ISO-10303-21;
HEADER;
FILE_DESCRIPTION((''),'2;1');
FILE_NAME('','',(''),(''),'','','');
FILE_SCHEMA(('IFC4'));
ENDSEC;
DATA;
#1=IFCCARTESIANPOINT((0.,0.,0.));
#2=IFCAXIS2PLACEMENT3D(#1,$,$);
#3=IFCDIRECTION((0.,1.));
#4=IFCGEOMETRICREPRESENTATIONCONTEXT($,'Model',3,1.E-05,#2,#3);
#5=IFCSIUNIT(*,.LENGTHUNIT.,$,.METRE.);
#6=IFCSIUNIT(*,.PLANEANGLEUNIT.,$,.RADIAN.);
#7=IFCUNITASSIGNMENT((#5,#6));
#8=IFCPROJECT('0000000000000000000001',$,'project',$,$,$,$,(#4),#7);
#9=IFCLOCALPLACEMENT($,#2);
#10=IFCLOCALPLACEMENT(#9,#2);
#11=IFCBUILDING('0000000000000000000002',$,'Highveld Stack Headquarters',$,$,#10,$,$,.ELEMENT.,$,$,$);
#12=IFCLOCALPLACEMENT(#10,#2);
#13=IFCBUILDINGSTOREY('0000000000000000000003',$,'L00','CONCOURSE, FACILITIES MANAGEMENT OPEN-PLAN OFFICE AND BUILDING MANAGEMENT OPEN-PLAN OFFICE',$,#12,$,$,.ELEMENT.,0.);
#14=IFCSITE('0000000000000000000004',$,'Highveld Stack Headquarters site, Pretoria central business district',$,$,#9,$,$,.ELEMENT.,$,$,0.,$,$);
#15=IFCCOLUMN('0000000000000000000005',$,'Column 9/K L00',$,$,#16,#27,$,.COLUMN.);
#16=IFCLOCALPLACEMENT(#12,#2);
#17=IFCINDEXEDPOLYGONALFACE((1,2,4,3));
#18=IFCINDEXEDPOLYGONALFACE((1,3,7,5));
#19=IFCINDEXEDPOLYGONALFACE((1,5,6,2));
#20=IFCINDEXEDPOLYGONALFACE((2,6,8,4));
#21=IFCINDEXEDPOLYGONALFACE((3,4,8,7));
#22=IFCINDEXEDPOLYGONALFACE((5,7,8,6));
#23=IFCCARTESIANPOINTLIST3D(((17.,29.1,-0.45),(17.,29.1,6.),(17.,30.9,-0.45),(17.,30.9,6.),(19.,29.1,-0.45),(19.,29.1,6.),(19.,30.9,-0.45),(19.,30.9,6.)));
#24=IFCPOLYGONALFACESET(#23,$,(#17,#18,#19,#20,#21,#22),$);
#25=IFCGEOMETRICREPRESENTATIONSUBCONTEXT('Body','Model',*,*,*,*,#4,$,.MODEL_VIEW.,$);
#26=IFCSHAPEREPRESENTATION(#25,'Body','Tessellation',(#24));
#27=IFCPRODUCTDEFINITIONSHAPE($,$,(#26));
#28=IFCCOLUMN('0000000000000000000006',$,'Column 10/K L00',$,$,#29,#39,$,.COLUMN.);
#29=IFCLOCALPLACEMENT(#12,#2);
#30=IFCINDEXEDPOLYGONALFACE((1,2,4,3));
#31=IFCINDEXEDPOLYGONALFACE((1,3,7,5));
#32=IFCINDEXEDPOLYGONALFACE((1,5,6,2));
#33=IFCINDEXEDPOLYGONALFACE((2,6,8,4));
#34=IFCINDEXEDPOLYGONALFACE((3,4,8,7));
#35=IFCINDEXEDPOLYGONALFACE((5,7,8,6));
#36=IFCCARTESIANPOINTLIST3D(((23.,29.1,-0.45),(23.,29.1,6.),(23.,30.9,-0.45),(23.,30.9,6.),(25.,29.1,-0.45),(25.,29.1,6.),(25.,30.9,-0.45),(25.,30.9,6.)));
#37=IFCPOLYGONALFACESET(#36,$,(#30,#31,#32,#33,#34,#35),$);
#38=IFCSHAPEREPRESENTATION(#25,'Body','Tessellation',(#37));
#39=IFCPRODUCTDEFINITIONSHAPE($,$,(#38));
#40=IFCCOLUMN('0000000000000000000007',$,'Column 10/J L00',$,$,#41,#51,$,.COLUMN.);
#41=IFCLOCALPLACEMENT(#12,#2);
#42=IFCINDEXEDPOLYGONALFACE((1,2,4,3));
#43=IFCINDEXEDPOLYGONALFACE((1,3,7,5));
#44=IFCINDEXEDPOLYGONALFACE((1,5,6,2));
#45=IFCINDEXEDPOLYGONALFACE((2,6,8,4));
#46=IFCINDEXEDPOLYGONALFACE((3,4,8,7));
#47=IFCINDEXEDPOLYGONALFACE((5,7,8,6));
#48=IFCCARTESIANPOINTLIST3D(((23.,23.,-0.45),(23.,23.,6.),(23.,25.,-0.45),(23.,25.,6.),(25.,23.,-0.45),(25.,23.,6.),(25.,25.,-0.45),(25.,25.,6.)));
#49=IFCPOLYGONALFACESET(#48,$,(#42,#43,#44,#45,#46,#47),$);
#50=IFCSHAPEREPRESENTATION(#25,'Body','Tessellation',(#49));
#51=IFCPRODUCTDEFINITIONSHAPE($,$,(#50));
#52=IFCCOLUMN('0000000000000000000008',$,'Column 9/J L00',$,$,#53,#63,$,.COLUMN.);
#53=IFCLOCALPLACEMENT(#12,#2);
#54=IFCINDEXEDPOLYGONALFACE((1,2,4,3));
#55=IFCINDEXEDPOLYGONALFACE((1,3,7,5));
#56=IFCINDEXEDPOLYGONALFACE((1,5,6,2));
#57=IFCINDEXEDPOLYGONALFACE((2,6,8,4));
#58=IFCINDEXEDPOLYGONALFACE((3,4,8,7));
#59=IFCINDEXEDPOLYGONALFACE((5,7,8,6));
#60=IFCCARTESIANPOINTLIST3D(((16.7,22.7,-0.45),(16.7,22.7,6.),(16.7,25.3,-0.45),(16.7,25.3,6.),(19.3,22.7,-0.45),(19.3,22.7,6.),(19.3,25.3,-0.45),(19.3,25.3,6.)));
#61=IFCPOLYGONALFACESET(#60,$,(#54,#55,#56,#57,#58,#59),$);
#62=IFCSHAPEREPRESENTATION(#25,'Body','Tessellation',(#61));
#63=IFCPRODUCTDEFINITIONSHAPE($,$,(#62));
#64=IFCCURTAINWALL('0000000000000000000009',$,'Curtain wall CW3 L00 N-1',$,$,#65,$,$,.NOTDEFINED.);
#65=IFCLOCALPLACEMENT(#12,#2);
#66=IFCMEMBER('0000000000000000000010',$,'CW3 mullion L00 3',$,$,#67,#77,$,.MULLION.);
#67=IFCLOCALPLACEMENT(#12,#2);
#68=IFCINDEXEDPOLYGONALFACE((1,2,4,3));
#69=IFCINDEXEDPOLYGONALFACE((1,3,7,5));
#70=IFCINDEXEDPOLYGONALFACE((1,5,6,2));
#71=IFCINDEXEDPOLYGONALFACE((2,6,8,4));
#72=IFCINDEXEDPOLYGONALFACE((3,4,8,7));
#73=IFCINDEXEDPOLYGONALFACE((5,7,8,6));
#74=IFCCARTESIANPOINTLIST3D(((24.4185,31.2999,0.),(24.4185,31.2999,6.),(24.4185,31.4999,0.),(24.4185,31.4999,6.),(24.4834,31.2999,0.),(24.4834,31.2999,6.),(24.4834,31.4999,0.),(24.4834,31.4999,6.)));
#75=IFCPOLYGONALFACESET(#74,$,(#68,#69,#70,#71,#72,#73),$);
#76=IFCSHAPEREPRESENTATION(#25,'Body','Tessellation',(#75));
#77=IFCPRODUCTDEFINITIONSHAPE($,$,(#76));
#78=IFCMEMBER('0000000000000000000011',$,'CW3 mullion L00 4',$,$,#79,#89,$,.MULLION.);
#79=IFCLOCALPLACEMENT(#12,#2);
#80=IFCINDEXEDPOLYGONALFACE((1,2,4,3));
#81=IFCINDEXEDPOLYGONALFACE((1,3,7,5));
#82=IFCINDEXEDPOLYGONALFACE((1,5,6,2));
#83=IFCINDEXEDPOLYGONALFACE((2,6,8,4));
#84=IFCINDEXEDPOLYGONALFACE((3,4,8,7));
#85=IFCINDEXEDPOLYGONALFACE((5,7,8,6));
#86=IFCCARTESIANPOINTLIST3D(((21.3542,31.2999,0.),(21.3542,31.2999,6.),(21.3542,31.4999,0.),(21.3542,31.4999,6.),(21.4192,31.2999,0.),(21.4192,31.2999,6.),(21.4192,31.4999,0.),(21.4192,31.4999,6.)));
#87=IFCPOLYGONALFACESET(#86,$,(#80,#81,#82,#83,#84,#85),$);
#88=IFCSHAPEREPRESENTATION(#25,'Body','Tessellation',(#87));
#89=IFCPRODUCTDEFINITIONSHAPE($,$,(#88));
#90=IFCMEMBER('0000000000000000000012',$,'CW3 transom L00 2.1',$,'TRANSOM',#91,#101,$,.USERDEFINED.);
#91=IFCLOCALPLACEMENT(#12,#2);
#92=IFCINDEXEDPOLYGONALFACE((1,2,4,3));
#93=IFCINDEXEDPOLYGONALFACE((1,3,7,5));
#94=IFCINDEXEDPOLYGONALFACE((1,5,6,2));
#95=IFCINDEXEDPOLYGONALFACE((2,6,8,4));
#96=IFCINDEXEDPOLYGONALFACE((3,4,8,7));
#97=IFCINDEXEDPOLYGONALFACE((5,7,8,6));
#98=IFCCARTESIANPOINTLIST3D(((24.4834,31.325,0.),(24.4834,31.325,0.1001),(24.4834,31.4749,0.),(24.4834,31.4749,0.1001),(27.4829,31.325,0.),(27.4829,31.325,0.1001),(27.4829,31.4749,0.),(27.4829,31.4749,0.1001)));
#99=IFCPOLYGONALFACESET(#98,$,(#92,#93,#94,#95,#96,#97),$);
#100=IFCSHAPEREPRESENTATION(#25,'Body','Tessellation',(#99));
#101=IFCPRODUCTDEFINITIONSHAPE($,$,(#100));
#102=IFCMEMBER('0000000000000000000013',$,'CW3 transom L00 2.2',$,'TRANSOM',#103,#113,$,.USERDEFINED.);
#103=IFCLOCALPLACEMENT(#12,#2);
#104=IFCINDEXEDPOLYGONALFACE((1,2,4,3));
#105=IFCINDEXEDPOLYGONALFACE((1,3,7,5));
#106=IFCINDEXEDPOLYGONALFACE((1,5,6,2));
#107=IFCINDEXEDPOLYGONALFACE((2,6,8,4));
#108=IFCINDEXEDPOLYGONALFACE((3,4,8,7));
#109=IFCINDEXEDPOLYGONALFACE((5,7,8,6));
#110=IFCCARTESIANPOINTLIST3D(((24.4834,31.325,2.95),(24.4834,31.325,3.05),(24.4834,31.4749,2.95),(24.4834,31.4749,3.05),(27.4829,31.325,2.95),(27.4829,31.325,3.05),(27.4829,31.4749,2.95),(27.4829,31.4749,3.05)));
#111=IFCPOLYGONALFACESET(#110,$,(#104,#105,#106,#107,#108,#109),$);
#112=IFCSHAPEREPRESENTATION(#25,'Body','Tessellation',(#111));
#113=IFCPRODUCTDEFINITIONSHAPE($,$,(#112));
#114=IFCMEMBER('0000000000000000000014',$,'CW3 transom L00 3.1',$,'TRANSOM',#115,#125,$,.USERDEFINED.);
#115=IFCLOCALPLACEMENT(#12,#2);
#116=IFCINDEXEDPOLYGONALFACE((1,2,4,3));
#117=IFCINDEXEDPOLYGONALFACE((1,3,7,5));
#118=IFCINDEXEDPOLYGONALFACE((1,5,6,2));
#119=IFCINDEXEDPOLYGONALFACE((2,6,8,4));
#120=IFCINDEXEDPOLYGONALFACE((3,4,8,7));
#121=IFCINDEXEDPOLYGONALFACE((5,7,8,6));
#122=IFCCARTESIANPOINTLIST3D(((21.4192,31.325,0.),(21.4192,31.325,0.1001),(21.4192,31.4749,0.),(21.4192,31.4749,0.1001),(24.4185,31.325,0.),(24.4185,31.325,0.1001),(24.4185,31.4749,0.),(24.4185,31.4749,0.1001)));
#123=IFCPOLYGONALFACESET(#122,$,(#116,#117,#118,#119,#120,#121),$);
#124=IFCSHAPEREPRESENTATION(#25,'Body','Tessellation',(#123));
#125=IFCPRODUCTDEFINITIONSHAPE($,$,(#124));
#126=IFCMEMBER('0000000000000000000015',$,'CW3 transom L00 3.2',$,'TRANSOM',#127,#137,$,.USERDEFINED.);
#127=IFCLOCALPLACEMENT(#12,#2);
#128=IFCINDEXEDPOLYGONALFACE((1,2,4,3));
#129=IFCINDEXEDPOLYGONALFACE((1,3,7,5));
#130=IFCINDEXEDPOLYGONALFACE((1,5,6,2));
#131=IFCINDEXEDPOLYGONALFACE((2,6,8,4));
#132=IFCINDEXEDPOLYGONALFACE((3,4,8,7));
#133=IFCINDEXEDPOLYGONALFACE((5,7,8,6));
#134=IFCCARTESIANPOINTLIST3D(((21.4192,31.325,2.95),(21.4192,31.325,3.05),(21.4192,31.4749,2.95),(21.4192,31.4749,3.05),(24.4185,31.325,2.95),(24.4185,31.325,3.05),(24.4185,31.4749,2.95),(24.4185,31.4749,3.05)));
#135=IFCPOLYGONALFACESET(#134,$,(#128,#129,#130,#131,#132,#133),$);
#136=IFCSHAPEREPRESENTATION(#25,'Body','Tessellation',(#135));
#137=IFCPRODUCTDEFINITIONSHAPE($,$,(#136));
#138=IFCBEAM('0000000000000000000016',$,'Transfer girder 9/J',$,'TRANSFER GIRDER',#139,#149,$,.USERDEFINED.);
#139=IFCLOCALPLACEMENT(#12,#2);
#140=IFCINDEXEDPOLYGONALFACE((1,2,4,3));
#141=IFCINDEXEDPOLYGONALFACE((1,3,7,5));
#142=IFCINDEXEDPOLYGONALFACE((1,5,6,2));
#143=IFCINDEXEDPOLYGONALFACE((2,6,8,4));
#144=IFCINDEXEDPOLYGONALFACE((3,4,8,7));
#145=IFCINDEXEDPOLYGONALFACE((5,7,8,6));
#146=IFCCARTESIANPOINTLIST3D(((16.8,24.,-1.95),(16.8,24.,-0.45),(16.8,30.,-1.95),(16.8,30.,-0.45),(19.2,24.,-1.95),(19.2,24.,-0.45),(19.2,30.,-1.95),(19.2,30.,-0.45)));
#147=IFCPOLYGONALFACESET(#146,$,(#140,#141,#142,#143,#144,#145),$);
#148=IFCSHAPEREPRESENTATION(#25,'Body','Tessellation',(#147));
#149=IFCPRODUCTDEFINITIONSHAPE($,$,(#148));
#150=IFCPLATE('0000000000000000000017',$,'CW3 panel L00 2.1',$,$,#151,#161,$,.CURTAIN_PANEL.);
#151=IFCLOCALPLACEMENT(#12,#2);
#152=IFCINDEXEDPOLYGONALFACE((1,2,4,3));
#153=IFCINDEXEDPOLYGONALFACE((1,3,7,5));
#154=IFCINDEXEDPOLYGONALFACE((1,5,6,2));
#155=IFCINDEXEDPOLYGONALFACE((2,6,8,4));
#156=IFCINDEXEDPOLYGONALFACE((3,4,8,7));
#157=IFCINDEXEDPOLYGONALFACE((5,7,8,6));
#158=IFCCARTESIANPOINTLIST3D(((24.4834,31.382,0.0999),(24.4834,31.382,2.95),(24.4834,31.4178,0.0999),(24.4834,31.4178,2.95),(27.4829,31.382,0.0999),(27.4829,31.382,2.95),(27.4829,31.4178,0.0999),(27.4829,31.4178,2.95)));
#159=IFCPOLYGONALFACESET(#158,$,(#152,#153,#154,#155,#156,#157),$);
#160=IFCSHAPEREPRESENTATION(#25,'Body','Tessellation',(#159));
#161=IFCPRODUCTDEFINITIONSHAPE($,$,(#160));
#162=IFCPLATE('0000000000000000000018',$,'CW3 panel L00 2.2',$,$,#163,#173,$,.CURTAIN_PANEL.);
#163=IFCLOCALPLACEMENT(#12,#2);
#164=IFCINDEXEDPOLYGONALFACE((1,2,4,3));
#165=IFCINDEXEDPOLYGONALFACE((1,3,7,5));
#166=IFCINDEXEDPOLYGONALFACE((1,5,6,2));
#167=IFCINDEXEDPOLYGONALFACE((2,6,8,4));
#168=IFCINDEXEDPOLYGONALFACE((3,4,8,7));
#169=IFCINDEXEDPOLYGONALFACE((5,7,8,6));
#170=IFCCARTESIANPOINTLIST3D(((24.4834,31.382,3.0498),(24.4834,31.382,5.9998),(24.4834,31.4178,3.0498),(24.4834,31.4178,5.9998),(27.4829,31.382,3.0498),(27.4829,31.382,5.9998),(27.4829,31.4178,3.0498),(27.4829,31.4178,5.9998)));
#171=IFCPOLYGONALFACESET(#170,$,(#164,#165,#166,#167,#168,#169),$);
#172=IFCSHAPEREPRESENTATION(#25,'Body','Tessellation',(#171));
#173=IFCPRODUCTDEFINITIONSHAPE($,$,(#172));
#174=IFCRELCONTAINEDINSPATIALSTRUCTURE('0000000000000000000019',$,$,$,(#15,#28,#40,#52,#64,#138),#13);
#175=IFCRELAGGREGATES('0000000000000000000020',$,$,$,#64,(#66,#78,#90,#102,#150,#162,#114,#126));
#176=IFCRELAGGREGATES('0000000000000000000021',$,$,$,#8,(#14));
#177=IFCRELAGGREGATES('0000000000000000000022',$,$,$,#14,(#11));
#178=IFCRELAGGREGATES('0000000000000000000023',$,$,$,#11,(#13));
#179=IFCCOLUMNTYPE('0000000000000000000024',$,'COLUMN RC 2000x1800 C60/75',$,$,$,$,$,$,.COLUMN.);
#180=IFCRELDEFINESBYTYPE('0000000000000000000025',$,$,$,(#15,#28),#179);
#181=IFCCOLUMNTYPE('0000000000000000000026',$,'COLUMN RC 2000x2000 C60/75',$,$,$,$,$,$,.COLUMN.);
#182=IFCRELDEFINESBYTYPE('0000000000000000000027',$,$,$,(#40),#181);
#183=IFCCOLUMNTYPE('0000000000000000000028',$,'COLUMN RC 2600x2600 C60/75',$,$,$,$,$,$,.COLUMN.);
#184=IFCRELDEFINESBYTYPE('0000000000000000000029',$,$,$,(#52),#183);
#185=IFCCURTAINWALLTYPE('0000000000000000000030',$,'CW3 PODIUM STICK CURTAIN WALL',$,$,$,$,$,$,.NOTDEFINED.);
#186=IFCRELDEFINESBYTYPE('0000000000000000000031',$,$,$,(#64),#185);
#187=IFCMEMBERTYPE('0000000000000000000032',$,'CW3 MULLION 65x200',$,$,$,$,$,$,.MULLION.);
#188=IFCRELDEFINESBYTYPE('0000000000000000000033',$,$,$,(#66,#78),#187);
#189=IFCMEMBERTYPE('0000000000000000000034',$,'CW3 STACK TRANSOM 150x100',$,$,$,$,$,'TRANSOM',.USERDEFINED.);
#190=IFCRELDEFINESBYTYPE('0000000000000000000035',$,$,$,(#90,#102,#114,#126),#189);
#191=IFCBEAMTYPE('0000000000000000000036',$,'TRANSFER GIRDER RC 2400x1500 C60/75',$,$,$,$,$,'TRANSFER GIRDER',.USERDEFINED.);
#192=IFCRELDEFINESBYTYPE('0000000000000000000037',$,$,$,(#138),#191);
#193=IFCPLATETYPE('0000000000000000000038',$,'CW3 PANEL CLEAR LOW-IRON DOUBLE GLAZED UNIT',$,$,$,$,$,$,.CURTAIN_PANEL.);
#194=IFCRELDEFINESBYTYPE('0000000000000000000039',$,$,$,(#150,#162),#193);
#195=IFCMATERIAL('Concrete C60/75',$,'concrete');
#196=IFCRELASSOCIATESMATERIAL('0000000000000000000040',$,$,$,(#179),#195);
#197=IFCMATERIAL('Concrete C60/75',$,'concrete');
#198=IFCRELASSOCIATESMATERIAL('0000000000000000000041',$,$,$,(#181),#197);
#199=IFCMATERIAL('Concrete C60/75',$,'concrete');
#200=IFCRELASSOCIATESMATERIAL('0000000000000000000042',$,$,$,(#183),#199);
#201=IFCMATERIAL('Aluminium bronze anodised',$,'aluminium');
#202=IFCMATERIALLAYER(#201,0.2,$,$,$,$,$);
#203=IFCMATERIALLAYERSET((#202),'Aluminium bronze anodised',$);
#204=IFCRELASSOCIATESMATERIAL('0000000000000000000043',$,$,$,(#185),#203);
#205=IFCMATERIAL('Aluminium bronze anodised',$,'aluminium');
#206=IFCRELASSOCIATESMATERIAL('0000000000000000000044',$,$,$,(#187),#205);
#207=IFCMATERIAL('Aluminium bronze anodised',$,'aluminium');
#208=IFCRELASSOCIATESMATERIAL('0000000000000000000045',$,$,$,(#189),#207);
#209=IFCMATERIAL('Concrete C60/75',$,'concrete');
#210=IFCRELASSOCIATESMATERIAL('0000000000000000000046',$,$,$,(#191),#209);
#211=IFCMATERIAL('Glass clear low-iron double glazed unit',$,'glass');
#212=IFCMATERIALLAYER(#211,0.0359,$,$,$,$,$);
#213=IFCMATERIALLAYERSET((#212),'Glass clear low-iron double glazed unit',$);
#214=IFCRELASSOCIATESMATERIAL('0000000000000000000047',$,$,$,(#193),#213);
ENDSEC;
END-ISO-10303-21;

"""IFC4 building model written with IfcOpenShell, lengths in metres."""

from ifc_helpers import new_model, si_unit, direction, frame, origin, origin_2d, place, context, subcontext, project, spatial, rectangle, extrude, material, layer, layer_set, material_profile, profile_set, type_object, element, aggregate, save


model = new_model("IFC4")

# Units and contexts
model_context = context("Model", 3, precision=1e-05, world=origin(), true_north=direction((0.0, 1.0)))
body_context = subcontext(model_context, "Body", "Model", "MODEL_VIEW")
ifc_project = project(units=[si_unit("LENGTHUNIT", "METRE"), si_unit("PLANEANGLEUNIT", "RADIAN")], contexts=[model_context])

# Site, building, storey
site_placement = place(None, origin())
site = spatial("IfcSite", under=ifc_project, at=site_placement, Name="Highveld Stack Headquarters site, Pretoria central business district", CompositionType="ELEMENT", RefElevation=0.0)
building_placement = place(site_placement, origin())
building = spatial("IfcBuilding", under=site, at=building_placement, Name="Highveld Stack Headquarters", CompositionType="ELEMENT")
storey_placement = place(building_placement, origin())
storey = spatial("IfcBuildingStorey", under=building, at=storey_placement, Name="L00", Description="CONCOURSE, FACILITIES MANAGEMENT OPEN-PLAN OFFICE AND BUILDING MANAGEMENT OPEN-PLAN OFFICE", CompositionType="ELEMENT", Elevation=0.0)

# Columns
ifc_material_1 = material(Name="Concrete C60/75", Category="concrete")
ifc_material_profile_1 = material_profile(ifc_material_1, rectangle(XDim=2.0, YDim=1.8, at=origin_2d()), Name="RC 2000x1800")
ifc_profile_set_1 = profile_set([ifc_material_profile_1], Name="Concrete C60/75")
column_type_1 = type_object("IfcColumnType", Name="COLUMN RC 2000x1800 C60/75", PredefinedType="COLUMN", material=ifc_profile_set_1)
for number, where, z_axis, x_axis, name in (
    (1, (18.0, 30.0, -0.45), (0.0, 0.0, 1.0), (1.0, 0.0, 0.0), "Column 9/K L00"),
    (2, (24.0, 30.0, -0.45), (0.0, 0.0, 1.0), (1.0, 0.0, 0.0), "Column 10/K L00"),
):
    element("IfcColumn", number, at=place(storey_placement, frame(where, z_axis=z_axis, x_axis=x_axis)), inside=storey, type_object=column_type_1, Name=name, PredefinedType="COLUMN", context=body_context, shape_type="SweptSolid", body=[
        extrude(rectangle(XDim=2.0, YDim=1.8, at=origin_2d()), origin(), (0.0, 0.0, 1.0), 6.45),
    ])
ifc_material_2 = material(Name="Concrete C60/75", Category="concrete")
ifc_material_profile_2 = material_profile(ifc_material_2, rectangle(XDim=2.0, YDim=2.0, at=origin_2d()), Name="RC 2000x2000")
ifc_profile_set_2 = profile_set([ifc_material_profile_2], Name="Concrete C60/75")
column_type_2 = type_object("IfcColumnType", Name="COLUMN RC 2000x2000 C60/75", PredefinedType="COLUMN", material=ifc_profile_set_2)
column_1_placement = place(storey_placement, frame((24.0, 24.0, -0.45), z_axis=(0.0, 0.0, 1.0), x_axis=(1.0, 0.0, 0.0)))
element("IfcColumn", 3, at=column_1_placement, inside=storey, type_object=column_type_2, Name="Column 10/J L00", PredefinedType="COLUMN", context=body_context, shape_type="SweptSolid", body=[
    extrude(rectangle(XDim=2.0, YDim=2.0, at=origin_2d()), origin(), (0.0, 0.0, 1.0), 6.45),
])
ifc_material_3 = material(Name="Concrete C60/75", Category="concrete")
ifc_material_profile_3 = material_profile(ifc_material_3, rectangle(XDim=2.6001, YDim=2.6001, at=origin_2d()), Name="RC 2600x2600")
ifc_profile_set_3 = profile_set([ifc_material_profile_3], Name="Concrete C60/75")
column_type_3 = type_object("IfcColumnType", Name="COLUMN RC 2600x2600 C60/75", PredefinedType="COLUMN", material=ifc_profile_set_3)
column_2_placement = place(storey_placement, frame((18.0, 24.0, -0.45), z_axis=(0.0, 0.0, 1.0), x_axis=(1.0, 0.0, 0.0)))
element("IfcColumn", 4, at=column_2_placement, inside=storey, type_object=column_type_3, Name="Column 9/J L00", PredefinedType="COLUMN", context=body_context, shape_type="SweptSolid", body=[
    extrude(rectangle(XDim=2.6001, YDim=2.6001, at=origin_2d()), origin(), (0.0, 0.0, 1.0), 6.45),
])

# Curtain wall, members
ifc_material_4 = material(Name="Aluminium bronze anodised", Category="aluminium")
ifc_layer_1 = layer(ifc_material_4, 0.2)
ifc_layer_set_1 = layer_set([ifc_layer_1], Name="Aluminium bronze anodised")
curtain_wall_type = type_object("IfcCurtainWallType", Name="CW3 PODIUM STICK CURTAIN WALL", PredefinedType="NOTDEFINED", material=ifc_layer_set_1)
curtain_wall_placement = place(storey_placement, origin())
curtain_wall = element("IfcCurtainWall", 5, at=curtain_wall_placement, inside=storey, type_object=curtain_wall_type, Name="Curtain wall CW3 L00 N-1", PredefinedType="NOTDEFINED")
ifc_material_5 = material(Name="Aluminium bronze anodised", Category="aluminium")
ifc_material_profile_4 = material_profile(ifc_material_5, rectangle(XDim=0.2, YDim=0.0649, at=origin_2d()), Name="CW3 MULLION 65x200")
ifc_profile_set_4 = profile_set([ifc_material_profile_4], Name="Aluminium bronze anodised")
member_type_1 = type_object("IfcMemberType", Name="CW3 MULLION 65x200", PredefinedType="MULLION", material=ifc_profile_set_4)
member_1_placement = place(storey_placement, frame((24.4509, 31.3999, 0.0), z_axis=(0.0, 0.0, 1.0), x_axis=(0.0, -1.0, 0.0)))
member_1 = element("IfcMember", 6, at=member_1_placement, type_object=member_type_1, Name="CW3 mullion L00 3", PredefinedType="MULLION", context=body_context, shape_type="SweptSolid", body=[
    extrude(rectangle(XDim=0.2, YDim=0.0649, at=origin_2d()), origin(), (0.0, 0.0, 1.0), 6.0),
])
member_2_placement = place(storey_placement, frame((21.3867, 31.3999, 0.0), z_axis=(0.0, 0.0, 1.0), x_axis=(0.0, -1.0, 0.0)))
member_2 = element("IfcMember", 7, at=member_2_placement, type_object=member_type_1, Name="CW3 mullion L00 4", PredefinedType="MULLION", context=body_context, shape_type="SweptSolid", body=[
    extrude(rectangle(XDim=0.2, YDim=0.0649, at=origin_2d()), origin(), (0.0, 0.0, 1.0), 6.0),
])
ifc_material_6 = material(Name="Aluminium bronze anodised", Category="aluminium")
ifc_material_profile_5 = material_profile(ifc_material_6, rectangle(XDim=0.1499, YDim=0.1001, at=origin_2d()), Name="CW3 TRANSOM 150x100")
ifc_profile_set_5 = profile_set([ifc_material_profile_5], Name="Aluminium bronze anodised")
member_type_2 = type_object("IfcMemberType", Name="CW3 STACK TRANSOM 150x100", ElementType="TRANSOM", PredefinedType="USERDEFINED", material=ifc_profile_set_5)
member_3_placement = place(storey_placement, frame((27.4829, 31.3999, 0.05), z_axis=(-1.0, 0.0, 0.0), x_axis=(0.0, -1.0, 0.0)))
member_3 = element("IfcMember", 8, at=member_3_placement, type_object=member_type_2, Name="CW3 transom L00 2.1", ObjectType="TRANSOM", PredefinedType="USERDEFINED", context=body_context, shape_type="SweptSolid", body=[
    extrude(rectangle(XDim=0.1499, YDim=0.1001, at=origin_2d()), origin(), (0.0, 0.0, 1.0), 2.9995),
])
member_4_placement = place(storey_placement, frame((27.4829, 31.3999, 3.0), z_axis=(-1.0, 0.0, 0.0), x_axis=(0.0, -1.0, 0.0)))
member_4 = element("IfcMember", 9, at=member_4_placement, type_object=member_type_2, Name="CW3 transom L00 2.2", ObjectType="TRANSOM", PredefinedType="USERDEFINED", context=body_context, shape_type="SweptSolid", body=[
    extrude(rectangle(XDim=0.1499, YDim=0.1001, at=origin_2d()), origin(), (0.0, 0.0, 1.0), 2.9995),
])
member_5_placement = place(storey_placement, frame((24.4185, 31.3999, 0.05), z_axis=(-1.0, 0.0, 0.0), x_axis=(0.0, -1.0, 0.0)))
member_5 = element("IfcMember", 10, at=member_5_placement, type_object=member_type_2, Name="CW3 transom L00 3.1", ObjectType="TRANSOM", PredefinedType="USERDEFINED", context=body_context, shape_type="SweptSolid", body=[
    extrude(rectangle(XDim=0.1499, YDim=0.1001, at=origin_2d()), origin(), (0.0, 0.0, 1.0), 2.9993),
])
member_6_placement = place(storey_placement, frame((24.4185, 31.3999, 3.0), z_axis=(-1.0, 0.0, 0.0), x_axis=(0.0, -1.0, 0.0)))
member_6 = element("IfcMember", 11, at=member_6_placement, type_object=member_type_2, Name="CW3 transom L00 3.2", ObjectType="TRANSOM", PredefinedType="USERDEFINED", context=body_context, shape_type="SweptSolid", body=[
    extrude(rectangle(XDim=0.1499, YDim=0.1001, at=origin_2d()), origin(), (0.0, 0.0, 1.0), 2.9993),
])

# Beam
ifc_material_7 = material(Name="Concrete C60/75", Category="concrete")
ifc_material_profile_6 = material_profile(ifc_material_7, rectangle(XDim=2.3999, YDim=1.5, at=origin_2d()), Name="RC 2400x1500")
ifc_profile_set_6 = profile_set([ifc_material_profile_6], Name="Concrete C60/75")
beam_type = type_object("IfcBeamType", Name="TRANSFER GIRDER RC 2400x1500 C60/75", ElementType="TRANSFER GIRDER", PredefinedType="USERDEFINED", material=ifc_profile_set_6)
beam_placement = place(storey_placement, frame((18.0, 24.0, -1.2), z_axis=(0.0, 1.0, 0.0), x_axis=(-1.0, 0.0, 0.0)))
element("IfcBeam", 12, at=beam_placement, inside=storey, type_object=beam_type, Name="Transfer girder 9/J", ObjectType="TRANSFER GIRDER", PredefinedType="USERDEFINED", context=body_context, shape_type="SweptSolid", body=[
    extrude(rectangle(XDim=2.3999, YDim=1.5, at=origin_2d()), origin(), (0.0, 0.0, 1.0), 6.0),
])

# Plates
ifc_material_8 = material(Name="Glass clear low-iron double glazed unit", Category="glass")
ifc_layer_2 = layer(ifc_material_8, 0.0359)
ifc_layer_set_2 = layer_set([ifc_layer_2], Name="Glass clear low-iron double glazed unit")
plate_type = type_object("IfcPlateType", Name="CW3 PANEL CLEAR LOW-IRON DOUBLE GLAZED UNIT", PredefinedType="CURTAIN_PANEL", material=ifc_layer_set_2)
plate_1_placement = place(storey_placement, frame((25.9832, 31.3999, 0.0999), z_axis=(0.0, 0.0, 1.0), x_axis=(-1.0, 0.0, 0.0)))
plate_1 = element("IfcPlate", 13, at=plate_1_placement, type_object=plate_type, Name="CW3 panel L00 2.1", PredefinedType="CURTAIN_PANEL", context=body_context, shape_type="SweptSolid", body=[
    extrude(rectangle(XDim=2.9995, YDim=0.0359, at=origin_2d()), origin(), (0.0, 0.0, 1.0), 2.8501),
])
plate_2_placement = place(storey_placement, frame((25.9832, 31.3999, 3.0498), z_axis=(0.0, 0.0, 1.0), x_axis=(-1.0, 0.0, 0.0)))
plate_2 = element("IfcPlate", 14, at=plate_2_placement, type_object=plate_type, Name="CW3 panel L00 2.2", PredefinedType="CURTAIN_PANEL", context=body_context, shape_type="SweptSolid", body=[
    extrude(rectangle(XDim=2.9995, YDim=0.0359, at=origin_2d()), origin(), (0.0, 0.0, 1.0), 2.95),
])
aggregate(curtain_wall, [member_1, member_2, member_3, member_4, plate_1, plate_2, member_5, member_6])

save(model, "model.ifc")
